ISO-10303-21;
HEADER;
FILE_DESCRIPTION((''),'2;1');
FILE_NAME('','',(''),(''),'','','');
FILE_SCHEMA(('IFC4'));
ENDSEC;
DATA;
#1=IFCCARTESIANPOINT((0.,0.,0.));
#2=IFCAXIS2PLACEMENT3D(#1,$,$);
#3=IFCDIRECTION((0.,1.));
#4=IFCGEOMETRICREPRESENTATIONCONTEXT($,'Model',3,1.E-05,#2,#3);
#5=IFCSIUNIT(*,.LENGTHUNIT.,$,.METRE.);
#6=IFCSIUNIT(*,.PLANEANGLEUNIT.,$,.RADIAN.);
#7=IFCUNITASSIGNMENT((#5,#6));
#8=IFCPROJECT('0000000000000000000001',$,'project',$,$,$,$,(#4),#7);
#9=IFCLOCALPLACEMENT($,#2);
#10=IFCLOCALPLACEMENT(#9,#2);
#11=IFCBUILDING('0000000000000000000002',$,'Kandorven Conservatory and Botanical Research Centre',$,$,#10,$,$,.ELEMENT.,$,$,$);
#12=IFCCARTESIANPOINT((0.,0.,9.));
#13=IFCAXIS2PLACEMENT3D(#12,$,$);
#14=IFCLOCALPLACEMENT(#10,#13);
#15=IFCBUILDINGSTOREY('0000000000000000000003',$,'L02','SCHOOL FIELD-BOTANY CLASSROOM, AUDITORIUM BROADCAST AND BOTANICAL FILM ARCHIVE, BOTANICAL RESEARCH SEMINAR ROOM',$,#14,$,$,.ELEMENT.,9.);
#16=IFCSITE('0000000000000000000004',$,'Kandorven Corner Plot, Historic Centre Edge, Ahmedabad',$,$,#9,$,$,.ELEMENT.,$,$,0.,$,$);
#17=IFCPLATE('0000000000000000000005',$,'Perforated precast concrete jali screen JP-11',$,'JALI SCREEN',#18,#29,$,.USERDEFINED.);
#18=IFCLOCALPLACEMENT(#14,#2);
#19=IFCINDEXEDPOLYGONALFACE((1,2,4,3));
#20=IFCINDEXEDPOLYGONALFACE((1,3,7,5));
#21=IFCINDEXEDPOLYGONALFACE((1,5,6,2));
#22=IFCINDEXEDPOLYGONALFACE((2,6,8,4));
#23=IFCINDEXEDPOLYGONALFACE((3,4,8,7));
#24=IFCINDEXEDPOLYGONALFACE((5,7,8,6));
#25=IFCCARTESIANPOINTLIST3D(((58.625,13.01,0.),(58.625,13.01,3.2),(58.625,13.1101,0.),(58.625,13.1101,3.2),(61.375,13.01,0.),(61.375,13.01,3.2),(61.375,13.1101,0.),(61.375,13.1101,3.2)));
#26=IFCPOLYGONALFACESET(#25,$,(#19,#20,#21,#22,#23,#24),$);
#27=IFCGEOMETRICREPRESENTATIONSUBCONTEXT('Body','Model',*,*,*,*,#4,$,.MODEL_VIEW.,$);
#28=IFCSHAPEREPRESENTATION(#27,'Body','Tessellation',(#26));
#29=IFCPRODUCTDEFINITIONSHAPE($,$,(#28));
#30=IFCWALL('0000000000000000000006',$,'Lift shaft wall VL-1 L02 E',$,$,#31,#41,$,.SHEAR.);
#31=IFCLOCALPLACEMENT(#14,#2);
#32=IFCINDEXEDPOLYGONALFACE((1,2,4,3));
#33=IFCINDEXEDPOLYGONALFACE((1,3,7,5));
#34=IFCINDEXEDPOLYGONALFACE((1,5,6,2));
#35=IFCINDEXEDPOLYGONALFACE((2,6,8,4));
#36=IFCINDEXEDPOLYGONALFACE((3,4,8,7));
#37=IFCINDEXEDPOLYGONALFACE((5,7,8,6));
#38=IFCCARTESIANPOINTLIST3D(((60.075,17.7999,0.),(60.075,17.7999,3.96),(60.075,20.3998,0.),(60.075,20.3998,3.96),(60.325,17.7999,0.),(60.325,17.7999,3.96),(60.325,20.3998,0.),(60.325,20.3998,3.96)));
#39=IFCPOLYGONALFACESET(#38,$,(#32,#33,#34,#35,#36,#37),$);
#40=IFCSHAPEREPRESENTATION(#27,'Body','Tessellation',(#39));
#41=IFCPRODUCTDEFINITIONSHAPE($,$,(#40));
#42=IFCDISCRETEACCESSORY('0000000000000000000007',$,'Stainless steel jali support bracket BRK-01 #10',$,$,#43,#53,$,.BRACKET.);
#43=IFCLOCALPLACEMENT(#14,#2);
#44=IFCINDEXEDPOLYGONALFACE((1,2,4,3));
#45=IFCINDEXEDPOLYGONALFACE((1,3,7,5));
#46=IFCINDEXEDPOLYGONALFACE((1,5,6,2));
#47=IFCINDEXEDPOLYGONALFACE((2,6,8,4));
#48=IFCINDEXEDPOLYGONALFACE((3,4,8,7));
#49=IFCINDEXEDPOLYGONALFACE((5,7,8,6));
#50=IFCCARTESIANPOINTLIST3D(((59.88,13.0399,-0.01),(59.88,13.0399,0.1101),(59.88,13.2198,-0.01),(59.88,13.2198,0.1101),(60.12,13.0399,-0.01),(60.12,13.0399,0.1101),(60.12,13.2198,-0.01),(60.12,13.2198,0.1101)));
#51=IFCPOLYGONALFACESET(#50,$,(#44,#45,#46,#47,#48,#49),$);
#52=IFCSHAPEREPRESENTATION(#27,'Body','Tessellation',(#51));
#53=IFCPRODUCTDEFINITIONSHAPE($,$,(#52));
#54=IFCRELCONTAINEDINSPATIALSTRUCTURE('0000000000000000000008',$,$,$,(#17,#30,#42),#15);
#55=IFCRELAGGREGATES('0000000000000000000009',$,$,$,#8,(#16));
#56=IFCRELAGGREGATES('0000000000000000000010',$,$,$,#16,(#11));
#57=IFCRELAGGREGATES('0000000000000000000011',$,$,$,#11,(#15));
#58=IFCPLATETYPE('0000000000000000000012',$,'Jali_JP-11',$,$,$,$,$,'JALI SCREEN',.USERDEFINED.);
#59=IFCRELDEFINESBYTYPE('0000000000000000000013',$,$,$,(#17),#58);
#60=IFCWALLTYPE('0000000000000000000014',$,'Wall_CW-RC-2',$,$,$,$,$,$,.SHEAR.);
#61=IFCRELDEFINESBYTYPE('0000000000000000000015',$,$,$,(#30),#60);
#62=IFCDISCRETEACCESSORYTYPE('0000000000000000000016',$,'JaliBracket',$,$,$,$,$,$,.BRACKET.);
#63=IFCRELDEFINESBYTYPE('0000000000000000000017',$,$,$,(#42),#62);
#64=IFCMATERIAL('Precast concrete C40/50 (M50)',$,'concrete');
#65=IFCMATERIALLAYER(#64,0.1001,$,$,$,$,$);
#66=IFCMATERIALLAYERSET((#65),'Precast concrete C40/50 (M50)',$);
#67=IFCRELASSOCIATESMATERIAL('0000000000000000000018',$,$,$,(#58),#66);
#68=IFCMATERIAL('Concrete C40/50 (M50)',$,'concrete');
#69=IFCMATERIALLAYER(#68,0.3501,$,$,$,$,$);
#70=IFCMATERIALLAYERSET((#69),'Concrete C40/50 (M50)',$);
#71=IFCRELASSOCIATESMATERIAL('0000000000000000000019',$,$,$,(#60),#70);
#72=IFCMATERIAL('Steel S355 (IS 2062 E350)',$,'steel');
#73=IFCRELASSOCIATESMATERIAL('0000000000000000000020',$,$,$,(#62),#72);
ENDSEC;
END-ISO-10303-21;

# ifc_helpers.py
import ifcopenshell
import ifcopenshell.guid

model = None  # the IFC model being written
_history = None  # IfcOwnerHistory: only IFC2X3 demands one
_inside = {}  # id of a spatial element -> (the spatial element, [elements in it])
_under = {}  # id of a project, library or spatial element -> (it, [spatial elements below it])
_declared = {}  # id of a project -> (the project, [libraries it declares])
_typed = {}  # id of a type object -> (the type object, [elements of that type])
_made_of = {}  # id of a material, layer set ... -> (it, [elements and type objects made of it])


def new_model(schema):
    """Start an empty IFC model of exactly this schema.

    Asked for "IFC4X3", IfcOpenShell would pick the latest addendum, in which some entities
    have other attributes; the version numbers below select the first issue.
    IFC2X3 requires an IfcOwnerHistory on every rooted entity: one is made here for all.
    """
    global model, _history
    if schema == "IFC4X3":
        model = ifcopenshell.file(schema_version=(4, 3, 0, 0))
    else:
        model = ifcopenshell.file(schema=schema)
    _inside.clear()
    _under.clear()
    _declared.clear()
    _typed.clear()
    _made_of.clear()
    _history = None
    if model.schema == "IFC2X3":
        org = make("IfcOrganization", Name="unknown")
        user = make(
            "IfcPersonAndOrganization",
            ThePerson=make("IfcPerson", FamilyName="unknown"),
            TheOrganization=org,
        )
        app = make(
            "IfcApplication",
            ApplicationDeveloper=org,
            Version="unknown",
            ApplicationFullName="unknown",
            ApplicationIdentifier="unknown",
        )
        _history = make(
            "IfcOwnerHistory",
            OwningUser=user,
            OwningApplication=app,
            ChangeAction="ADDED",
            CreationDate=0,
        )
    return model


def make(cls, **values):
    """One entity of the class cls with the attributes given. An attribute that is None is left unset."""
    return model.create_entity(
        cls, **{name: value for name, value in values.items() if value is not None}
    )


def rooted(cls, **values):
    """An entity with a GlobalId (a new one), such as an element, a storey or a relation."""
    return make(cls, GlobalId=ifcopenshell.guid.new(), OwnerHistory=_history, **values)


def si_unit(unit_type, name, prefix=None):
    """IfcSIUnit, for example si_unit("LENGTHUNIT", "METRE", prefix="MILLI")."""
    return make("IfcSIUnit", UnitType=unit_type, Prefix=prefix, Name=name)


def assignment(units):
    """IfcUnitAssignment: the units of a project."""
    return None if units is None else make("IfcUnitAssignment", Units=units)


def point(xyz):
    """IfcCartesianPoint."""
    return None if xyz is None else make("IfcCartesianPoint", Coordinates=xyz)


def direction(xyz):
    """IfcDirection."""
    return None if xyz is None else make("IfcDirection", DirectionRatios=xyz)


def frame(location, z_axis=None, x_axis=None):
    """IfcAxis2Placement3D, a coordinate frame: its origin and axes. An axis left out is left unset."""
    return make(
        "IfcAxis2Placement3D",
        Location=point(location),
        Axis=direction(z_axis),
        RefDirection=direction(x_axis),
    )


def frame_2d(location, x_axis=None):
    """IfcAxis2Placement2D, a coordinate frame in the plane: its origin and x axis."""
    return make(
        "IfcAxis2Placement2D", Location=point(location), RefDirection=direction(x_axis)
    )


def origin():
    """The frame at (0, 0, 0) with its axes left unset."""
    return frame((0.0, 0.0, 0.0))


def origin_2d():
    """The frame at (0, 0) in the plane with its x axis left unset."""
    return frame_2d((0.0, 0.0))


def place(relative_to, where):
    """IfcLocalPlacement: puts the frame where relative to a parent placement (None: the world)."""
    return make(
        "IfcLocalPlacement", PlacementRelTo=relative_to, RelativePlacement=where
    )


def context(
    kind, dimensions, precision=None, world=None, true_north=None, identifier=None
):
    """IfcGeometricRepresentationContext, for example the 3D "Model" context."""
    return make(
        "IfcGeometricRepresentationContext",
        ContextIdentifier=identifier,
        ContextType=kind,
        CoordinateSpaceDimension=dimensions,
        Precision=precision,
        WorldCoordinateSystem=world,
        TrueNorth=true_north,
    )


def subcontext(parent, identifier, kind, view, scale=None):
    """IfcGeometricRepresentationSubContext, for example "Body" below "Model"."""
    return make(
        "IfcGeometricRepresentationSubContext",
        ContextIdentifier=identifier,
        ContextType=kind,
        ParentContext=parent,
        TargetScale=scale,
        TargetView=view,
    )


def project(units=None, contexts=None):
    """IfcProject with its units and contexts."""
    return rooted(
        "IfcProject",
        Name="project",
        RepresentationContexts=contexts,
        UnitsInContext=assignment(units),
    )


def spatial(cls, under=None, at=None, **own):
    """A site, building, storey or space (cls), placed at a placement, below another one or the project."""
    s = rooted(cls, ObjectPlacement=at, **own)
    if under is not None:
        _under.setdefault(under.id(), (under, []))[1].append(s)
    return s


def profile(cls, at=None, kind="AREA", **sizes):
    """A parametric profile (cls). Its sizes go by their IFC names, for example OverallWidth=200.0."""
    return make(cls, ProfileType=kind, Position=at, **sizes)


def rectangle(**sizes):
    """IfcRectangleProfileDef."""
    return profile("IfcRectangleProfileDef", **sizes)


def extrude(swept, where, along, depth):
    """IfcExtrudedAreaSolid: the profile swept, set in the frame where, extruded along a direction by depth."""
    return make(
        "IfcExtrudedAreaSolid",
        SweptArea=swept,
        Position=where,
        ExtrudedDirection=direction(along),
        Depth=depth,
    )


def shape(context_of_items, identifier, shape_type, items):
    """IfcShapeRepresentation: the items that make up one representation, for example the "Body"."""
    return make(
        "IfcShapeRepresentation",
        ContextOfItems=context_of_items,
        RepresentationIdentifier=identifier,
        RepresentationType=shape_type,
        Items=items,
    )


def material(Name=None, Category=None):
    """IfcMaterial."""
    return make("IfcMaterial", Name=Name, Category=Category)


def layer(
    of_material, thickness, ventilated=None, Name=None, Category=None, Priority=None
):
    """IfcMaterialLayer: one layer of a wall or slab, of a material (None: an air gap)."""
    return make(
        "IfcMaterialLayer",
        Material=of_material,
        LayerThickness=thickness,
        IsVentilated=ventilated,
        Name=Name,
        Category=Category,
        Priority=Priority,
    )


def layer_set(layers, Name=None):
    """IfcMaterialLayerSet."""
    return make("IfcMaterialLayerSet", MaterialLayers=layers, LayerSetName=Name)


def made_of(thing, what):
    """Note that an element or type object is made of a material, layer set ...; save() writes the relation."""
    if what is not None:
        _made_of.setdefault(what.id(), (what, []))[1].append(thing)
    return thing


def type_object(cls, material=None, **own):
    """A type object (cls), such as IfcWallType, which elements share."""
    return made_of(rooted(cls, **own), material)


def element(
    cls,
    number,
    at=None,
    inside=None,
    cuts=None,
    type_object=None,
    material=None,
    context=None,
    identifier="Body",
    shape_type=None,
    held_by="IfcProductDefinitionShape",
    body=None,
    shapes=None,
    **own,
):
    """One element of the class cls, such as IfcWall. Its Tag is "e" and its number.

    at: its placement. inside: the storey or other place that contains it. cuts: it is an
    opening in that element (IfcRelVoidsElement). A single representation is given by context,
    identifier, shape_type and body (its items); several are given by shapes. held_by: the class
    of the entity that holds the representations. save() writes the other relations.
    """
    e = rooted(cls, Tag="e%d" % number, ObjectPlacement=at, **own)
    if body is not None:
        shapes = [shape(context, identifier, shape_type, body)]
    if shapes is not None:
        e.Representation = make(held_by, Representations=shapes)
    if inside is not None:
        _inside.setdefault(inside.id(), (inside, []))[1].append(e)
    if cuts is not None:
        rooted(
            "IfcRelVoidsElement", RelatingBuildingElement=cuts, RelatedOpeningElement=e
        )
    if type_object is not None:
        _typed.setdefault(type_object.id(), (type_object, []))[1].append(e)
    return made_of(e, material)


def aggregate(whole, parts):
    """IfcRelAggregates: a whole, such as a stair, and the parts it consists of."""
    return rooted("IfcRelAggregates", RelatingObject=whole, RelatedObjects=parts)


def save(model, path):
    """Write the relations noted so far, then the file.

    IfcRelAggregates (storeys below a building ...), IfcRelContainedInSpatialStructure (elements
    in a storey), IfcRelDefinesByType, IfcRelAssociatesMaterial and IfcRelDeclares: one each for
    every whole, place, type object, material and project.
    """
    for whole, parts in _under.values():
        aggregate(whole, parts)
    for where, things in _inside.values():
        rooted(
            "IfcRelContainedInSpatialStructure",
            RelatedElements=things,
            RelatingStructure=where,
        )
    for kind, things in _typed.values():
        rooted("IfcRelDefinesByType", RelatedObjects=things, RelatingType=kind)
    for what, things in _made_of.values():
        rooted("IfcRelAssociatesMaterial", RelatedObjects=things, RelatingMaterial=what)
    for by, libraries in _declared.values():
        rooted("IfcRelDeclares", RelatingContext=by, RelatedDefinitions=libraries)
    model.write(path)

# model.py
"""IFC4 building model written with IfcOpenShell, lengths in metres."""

from ifc_helpers import new_model, si_unit, direction, frame, frame_2d, origin, origin_2d, place, context, subcontext, project, spatial, rectangle, extrude, material, layer, layer_set, type_object, element, save


model = new_model("IFC4")

# Units and contexts
model_context = context("Model", 3, precision=1e-05, world=origin(), true_north=direction((0.0, 1.0)))
body_context = subcontext(model_context, "Body", "Model", "MODEL_VIEW")
ifc_project = project(units=[si_unit("LENGTHUNIT", "METRE"), si_unit("PLANEANGLEUNIT", "RADIAN")], contexts=[model_context])

# Site, building, storey
site_placement = place(None, origin())
site = spatial("IfcSite", under=ifc_project, at=site_placement, Name="Kandorven Corner Plot, Historic Centre Edge, Ahmedabad", CompositionType="ELEMENT", RefElevation=0.0)
building_placement = place(site_placement, origin())
building = spatial("IfcBuilding", under=site, at=building_placement, Name="Kandorven Conservatory and Botanical Research Centre", CompositionType="ELEMENT")
storey_placement = place(building_placement, frame((0.0, 0.0, 9.0)))
storey = spatial("IfcBuildingStorey", under=building, at=storey_placement, Name="L02", Description="SCHOOL FIELD-BOTANY CLASSROOM, AUDITORIUM BROADCAST AND BOTANICAL FILM ARCHIVE, BOTANICAL RESEARCH SEMINAR ROOM", CompositionType="ELEMENT", Elevation=9.0)

# Plate
ifc_material_1 = material(Name="Precast concrete C40/50 (M50)", Category="concrete")
ifc_layer_1 = layer(ifc_material_1, 0.1001)
ifc_layer_set_1 = layer_set([ifc_layer_1], Name="Precast concrete C40/50 (M50)")
plate_type_1 = type_object("IfcPlateType", Name="Jali_JP-11", ElementType="JALI SCREEN", PredefinedType="USERDEFINED", material=ifc_layer_set_1)
plate_1_placement = place(storey_placement, frame((60.0, 13.0601, 0.0), z_axis=(0.0, 0.0, 1.0), x_axis=(1.0, 0.0, 0.0)))
element("IfcPlate", 1, at=plate_1_placement, inside=storey, type_object=plate_type_1, Name="Perforated precast concrete jali screen JP-11", ObjectType="JALI SCREEN", PredefinedType="USERDEFINED", context=body_context, shape_type="SweptSolid", body=[
    extrude(rectangle(XDim=2.75, YDim=0.1001, at=origin_2d()), origin(), (0.0, 0.0, 1.0), 3.2),
])

# Wall
ifc_material_2 = material(Name="Concrete C40/50 (M50)", Category="concrete")
ifc_layer_2 = layer(ifc_material_2, 0.3501)
ifc_layer_set_2 = layer_set([ifc_layer_2], Name="Concrete C40/50 (M50)")
wall_type = type_object("IfcWallType", Name="Wall_CW-RC-2", PredefinedType="SHEAR", material=ifc_layer_set_2)
wall_placement = place(storey_placement, frame((60.2, 17.8, 0.0), z_axis=(0.0, 0.0, 1.0), x_axis=(0.0, 1.0, 0.0)))
element("IfcWall", 2, at=wall_placement, inside=storey, type_object=wall_type, Name="Lift shaft wall VL-1 L02 E", PredefinedType="SHEAR", context=body_context, shape_type="SweptSolid", body=[
    extrude(rectangle(XDim=2.5999, YDim=0.25, at=frame_2d((1.2998, 0.0))), origin(), (0.0, 0.0, 1.0), 3.96),
])

# Discrete accessory
ifc_material_3 = material(Name="Steel S355 (IS 2062 E350)", Category="steel")
discrete_accessory_type = type_object("IfcDiscreteAccessoryType", Name="JaliBracket", PredefinedType="BRACKET", material=ifc_material_3)
discrete_accessory_placement = place(storey_placement, frame((60.0, 13.1299, -0.01), z_axis=(0.0, 0.0, 1.0), x_axis=(1.0, 0.0, 0.0)))
element("IfcDiscreteAccessory", 3, at=discrete_accessory_placement, inside=storey, type_object=discrete_accessory_type, Name="Stainless steel jali support bracket BRK-01 #10", PredefinedType="BRACKET", context=body_context, shape_type="SweptSolid", body=[
    extrude(rectangle(XDim=0.24, YDim=0.1799, at=origin_2d()), origin(), (0.0, 0.0, 1.0), 0.1201),
])

save(model, "model.ifc")
